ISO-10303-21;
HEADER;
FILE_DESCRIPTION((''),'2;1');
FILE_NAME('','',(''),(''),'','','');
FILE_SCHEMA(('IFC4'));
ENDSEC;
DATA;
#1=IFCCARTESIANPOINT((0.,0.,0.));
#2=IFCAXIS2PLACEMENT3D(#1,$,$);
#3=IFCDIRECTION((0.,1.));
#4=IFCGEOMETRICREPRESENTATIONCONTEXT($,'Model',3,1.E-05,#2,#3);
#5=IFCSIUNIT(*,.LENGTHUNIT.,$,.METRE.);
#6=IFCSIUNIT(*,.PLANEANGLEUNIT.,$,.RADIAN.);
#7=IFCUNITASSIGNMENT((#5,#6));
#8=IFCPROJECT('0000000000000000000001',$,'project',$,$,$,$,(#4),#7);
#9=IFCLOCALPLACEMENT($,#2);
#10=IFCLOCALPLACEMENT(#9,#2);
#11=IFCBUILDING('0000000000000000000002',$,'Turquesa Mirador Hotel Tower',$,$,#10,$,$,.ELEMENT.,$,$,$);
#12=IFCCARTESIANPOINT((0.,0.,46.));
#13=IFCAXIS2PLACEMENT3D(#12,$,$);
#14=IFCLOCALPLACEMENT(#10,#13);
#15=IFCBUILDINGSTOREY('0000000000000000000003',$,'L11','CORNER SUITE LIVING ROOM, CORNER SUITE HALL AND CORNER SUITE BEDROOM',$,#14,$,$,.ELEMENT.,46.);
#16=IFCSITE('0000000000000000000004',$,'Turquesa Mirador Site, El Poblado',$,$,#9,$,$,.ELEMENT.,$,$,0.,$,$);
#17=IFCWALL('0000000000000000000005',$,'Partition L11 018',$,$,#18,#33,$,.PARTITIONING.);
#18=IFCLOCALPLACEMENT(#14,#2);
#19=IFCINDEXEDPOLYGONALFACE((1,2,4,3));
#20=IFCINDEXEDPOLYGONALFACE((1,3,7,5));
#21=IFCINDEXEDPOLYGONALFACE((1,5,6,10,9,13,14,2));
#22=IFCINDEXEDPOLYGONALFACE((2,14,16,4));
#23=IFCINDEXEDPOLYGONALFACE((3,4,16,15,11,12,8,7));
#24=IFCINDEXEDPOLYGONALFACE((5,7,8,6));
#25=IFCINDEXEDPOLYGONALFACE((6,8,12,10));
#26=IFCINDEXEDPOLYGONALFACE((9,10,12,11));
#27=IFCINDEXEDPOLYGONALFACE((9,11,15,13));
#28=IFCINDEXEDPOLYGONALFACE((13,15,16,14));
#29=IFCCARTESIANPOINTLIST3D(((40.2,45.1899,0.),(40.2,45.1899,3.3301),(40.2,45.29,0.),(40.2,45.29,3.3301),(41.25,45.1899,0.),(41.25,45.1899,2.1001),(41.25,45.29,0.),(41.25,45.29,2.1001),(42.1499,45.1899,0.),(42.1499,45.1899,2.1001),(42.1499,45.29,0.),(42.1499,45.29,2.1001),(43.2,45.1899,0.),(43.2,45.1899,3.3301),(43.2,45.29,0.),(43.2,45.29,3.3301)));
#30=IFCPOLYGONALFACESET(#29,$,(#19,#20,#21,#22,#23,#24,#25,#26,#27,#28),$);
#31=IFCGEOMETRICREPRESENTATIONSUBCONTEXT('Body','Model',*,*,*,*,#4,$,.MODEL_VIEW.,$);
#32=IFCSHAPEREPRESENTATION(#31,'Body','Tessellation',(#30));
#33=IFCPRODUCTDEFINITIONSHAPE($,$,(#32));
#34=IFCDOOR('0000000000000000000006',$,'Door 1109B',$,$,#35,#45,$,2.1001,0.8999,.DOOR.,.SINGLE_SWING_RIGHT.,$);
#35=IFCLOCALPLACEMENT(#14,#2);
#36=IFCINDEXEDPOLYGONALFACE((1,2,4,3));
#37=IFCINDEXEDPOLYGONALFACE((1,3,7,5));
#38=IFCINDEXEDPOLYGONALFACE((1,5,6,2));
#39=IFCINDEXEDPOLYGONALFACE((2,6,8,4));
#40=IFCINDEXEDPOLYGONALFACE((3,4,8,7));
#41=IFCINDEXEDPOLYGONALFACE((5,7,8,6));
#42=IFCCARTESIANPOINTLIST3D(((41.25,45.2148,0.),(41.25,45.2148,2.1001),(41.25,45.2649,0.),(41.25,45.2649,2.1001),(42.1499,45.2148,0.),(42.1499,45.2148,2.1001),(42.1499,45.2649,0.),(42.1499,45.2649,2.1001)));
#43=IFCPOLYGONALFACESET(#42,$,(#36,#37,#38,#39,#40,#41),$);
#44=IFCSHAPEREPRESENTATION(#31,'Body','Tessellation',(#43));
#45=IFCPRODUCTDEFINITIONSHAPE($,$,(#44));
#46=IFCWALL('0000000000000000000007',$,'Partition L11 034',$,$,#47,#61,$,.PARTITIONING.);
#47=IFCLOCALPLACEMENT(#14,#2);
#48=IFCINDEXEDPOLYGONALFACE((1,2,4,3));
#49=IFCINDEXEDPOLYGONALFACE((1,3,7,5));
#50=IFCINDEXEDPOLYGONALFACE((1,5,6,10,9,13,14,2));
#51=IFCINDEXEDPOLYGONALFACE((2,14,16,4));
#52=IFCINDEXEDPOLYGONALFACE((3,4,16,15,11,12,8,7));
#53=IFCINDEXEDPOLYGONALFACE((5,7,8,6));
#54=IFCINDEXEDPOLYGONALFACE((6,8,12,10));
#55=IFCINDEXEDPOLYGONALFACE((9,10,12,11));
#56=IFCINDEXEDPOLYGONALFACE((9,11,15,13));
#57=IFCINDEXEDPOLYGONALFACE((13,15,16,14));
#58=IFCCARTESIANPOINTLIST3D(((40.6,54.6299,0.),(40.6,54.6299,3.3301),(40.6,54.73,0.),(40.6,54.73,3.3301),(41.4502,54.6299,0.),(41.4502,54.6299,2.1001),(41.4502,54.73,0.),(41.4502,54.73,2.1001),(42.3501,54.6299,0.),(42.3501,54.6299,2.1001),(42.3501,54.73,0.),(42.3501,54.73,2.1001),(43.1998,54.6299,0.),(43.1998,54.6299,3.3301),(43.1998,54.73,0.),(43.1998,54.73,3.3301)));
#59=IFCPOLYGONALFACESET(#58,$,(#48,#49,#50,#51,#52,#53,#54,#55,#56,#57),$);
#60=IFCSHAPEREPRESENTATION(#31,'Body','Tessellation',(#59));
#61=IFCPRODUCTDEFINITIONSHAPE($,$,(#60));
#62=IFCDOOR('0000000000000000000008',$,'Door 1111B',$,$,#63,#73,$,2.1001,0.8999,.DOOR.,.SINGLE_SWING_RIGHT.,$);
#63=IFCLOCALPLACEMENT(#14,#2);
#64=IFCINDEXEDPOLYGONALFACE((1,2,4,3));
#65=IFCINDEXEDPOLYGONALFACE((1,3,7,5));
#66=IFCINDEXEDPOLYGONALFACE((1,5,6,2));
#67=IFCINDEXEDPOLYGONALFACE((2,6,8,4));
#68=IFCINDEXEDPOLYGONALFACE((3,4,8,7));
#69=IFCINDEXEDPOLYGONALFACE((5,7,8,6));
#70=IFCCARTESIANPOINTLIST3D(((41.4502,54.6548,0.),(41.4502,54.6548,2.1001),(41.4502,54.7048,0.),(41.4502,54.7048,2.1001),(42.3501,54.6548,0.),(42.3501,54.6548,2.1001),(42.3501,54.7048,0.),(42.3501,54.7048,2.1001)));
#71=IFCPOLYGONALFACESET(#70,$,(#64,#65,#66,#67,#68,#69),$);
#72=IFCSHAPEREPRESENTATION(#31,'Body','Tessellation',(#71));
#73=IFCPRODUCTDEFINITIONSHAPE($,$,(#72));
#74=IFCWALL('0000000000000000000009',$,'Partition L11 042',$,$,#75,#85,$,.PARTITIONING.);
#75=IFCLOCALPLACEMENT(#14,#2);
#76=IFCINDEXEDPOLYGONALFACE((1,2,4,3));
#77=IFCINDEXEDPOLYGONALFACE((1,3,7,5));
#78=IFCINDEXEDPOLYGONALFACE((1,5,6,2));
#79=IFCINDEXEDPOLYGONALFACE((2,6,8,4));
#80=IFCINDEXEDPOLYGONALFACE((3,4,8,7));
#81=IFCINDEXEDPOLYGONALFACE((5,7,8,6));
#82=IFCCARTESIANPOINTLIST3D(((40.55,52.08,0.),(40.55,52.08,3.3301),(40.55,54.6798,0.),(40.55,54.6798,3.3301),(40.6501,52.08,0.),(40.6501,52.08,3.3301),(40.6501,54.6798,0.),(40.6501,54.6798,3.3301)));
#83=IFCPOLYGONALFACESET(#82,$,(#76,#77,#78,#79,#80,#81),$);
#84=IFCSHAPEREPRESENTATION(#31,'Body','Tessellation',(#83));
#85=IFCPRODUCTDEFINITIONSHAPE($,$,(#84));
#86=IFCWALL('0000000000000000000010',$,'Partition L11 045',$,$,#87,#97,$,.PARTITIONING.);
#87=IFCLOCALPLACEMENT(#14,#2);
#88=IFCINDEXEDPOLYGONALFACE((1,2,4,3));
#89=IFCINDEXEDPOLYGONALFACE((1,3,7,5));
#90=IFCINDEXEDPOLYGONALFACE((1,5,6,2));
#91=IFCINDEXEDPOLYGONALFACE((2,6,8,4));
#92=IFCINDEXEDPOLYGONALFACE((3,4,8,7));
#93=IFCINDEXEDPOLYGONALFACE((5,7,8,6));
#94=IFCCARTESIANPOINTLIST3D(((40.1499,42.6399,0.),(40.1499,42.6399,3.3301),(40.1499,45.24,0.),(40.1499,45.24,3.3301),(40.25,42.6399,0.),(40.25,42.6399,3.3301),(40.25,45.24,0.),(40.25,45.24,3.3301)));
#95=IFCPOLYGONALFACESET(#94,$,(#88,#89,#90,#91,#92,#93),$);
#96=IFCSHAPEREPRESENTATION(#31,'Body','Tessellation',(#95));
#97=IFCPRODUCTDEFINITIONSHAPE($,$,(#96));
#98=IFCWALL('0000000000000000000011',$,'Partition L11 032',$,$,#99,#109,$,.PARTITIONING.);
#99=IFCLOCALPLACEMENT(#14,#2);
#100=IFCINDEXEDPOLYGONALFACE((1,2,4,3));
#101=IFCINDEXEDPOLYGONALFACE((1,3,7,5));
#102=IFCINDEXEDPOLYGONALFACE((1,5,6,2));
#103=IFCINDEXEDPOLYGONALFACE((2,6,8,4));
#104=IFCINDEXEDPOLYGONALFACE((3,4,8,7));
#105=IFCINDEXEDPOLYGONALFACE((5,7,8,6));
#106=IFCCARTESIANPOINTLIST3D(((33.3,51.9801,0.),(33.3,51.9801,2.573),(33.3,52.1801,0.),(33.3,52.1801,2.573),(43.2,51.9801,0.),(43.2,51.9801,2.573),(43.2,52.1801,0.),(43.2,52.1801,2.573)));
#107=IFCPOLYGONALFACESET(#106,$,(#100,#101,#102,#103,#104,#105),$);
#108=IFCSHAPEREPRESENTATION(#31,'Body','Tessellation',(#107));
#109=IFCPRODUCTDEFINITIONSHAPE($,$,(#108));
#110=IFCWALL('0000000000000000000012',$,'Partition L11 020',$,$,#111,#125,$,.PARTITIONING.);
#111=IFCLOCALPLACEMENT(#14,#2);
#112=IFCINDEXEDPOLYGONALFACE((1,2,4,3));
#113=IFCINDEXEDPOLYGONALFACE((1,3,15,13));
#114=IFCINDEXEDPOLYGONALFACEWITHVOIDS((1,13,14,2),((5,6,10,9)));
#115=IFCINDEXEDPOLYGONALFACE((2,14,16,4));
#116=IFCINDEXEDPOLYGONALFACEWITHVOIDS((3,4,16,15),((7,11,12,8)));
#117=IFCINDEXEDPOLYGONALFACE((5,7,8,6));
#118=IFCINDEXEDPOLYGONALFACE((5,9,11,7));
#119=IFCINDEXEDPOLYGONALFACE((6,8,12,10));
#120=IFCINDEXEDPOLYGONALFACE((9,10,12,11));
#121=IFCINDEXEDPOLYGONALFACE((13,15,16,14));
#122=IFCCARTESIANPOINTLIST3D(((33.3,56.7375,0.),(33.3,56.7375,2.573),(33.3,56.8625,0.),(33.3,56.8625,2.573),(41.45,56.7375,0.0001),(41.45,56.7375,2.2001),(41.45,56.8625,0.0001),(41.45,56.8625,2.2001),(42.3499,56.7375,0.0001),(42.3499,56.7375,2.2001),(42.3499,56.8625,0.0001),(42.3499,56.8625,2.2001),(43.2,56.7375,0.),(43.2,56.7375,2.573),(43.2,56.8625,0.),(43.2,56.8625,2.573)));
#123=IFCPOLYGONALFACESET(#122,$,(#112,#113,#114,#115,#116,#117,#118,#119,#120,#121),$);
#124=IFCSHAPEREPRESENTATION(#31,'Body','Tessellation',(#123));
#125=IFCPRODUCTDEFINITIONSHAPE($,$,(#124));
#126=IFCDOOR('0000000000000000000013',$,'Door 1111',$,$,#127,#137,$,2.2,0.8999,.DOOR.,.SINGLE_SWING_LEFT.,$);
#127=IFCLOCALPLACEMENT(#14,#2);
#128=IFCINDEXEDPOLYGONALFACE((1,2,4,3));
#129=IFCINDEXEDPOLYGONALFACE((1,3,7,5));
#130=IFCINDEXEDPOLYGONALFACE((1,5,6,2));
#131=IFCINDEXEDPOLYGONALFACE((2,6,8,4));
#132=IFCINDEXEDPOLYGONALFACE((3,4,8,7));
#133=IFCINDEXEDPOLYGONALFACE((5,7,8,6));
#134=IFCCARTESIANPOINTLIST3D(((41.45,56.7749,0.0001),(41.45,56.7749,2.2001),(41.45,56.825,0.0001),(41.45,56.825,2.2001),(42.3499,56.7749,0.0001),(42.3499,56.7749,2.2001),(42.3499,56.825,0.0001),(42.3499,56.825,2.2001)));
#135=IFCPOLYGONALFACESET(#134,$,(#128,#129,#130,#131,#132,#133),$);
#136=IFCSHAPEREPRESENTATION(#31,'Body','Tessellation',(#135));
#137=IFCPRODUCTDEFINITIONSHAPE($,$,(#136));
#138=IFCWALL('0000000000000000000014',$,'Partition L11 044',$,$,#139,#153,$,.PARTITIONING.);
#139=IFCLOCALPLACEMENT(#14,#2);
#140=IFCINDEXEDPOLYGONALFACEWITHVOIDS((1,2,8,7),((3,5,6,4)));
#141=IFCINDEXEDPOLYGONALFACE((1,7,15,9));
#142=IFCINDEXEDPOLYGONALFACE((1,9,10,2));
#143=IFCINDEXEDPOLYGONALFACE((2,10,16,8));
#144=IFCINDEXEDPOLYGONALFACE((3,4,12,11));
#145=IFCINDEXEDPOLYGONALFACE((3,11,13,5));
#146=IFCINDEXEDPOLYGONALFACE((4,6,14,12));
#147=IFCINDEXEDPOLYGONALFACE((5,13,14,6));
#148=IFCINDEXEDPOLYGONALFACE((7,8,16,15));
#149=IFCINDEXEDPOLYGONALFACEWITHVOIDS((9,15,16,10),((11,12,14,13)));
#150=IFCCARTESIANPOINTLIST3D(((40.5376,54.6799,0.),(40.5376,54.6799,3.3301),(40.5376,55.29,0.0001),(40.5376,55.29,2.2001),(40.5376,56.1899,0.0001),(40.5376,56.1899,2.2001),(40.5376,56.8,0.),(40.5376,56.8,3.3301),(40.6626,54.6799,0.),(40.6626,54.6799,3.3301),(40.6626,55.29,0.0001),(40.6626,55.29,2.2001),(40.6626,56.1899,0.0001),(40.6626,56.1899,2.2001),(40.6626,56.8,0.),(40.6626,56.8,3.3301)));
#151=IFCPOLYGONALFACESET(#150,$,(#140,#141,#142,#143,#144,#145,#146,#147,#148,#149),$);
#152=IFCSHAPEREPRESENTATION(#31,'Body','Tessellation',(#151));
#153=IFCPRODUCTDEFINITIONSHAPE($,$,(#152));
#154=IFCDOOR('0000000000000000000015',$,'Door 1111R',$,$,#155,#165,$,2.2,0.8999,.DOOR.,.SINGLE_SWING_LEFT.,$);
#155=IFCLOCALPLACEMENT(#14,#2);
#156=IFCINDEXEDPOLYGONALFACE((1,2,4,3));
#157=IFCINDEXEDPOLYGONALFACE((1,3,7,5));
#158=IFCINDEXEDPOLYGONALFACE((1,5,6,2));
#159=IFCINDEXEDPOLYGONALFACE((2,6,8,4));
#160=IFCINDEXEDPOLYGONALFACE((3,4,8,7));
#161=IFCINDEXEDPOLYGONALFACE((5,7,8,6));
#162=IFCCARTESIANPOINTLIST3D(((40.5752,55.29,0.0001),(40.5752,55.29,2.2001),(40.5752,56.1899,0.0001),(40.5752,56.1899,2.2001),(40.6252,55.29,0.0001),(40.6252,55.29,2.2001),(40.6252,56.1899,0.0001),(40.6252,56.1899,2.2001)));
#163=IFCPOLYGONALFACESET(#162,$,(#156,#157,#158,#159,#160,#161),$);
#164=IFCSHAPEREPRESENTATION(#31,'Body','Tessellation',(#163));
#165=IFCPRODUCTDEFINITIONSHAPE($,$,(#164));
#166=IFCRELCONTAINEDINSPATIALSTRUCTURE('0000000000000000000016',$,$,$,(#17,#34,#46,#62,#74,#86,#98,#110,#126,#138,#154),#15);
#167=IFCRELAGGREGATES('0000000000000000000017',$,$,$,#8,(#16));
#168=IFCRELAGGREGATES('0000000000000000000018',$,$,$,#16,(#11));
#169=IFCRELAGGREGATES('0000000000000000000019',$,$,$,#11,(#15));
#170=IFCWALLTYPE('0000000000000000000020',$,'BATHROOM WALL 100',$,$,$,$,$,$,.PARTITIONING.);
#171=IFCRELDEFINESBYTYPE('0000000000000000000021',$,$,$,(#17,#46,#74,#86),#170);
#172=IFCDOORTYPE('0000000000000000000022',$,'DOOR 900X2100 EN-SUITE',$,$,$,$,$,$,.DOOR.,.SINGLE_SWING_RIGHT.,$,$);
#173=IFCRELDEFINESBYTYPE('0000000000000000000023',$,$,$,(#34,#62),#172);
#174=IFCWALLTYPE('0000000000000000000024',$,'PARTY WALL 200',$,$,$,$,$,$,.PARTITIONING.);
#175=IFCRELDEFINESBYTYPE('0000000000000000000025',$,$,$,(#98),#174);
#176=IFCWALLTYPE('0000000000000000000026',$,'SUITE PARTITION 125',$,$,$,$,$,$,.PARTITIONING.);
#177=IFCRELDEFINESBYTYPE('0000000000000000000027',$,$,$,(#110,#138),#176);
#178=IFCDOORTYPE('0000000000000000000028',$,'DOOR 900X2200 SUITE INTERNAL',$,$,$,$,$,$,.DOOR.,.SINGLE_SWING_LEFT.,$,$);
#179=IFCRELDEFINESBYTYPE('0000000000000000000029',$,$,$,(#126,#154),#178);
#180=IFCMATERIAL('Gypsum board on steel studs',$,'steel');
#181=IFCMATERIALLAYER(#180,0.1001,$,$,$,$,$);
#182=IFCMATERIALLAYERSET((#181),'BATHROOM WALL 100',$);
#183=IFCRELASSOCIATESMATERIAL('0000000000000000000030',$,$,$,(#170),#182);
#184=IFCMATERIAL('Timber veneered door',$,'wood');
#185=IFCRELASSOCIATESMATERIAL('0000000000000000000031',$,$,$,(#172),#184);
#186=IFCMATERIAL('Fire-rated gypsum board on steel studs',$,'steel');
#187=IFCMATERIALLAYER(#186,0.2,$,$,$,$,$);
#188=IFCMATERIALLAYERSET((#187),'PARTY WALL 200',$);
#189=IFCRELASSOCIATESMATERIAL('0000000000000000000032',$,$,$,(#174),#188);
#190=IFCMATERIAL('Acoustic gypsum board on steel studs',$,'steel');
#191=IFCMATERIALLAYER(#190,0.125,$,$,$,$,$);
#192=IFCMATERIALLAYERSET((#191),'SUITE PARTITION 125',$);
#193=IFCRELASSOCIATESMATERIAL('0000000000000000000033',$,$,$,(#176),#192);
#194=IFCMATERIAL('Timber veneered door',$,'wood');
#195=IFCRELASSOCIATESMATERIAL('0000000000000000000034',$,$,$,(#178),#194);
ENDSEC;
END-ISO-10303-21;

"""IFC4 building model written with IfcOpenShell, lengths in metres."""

from ifc_helpers import new_model, si_unit, direction, frame, frame_2d, origin, place, context, subcontext, project, spatial, rectangle, extrude, material, layer, layer_set, type_object, element, fill, save


model = new_model("IFC4")

# Units and contexts
model_context = context("Model", 3, precision=1e-05, world=origin(), true_north=direction((0.0, 1.0)))
body_context = subcontext(model_context, "Body", "Model", "MODEL_VIEW")
ifc_project = project(units=[si_unit("LENGTHUNIT", "METRE"), si_unit("PLANEANGLEUNIT", "RADIAN")], contexts=[model_context])

# Site, building, storey
site_placement = place(None, origin())
site = spatial("IfcSite", under=ifc_project, at=site_placement, Name="Turquesa Mirador Site, El Poblado", CompositionType="ELEMENT", RefElevation=0.0)
building_placement = place(site_placement, origin())
building = spatial("IfcBuilding", under=site, at=building_placement, Name="Turquesa Mirador Hotel Tower", CompositionType="ELEMENT")
storey_placement = place(building_placement, frame((0.0, 0.0, 46.0)))
storey = spatial("IfcBuildingStorey", under=building, at=storey_placement, Name="L11", Description="CORNER SUITE LIVING ROOM, CORNER SUITE HALL AND CORNER SUITE BEDROOM", CompositionType="ELEMENT", Elevation=46.0)

# Walls, openings, doors
ifc_material_1 = material(Name="Gypsum board on steel studs", Category="steel")
ifc_layer_1 = layer(ifc_material_1, 0.1001)
ifc_layer_set_1 = layer_set([ifc_layer_1], Name="BATHROOM WALL 100")
wall_type_1 = type_object("IfcWallType", Name="BATHROOM WALL 100", PredefinedType="PARTITIONING", material=ifc_layer_set_1)
wall_1_placement = place(storey_placement, frame((40.2, 45.24, 0.0), z_axis=(0.0, 0.0, 1.0), x_axis=(1.0, 0.0, 0.0)))
wall_1 = element("IfcWall", 1, at=wall_1_placement, inside=storey, type_object=wall_type_1, Name="Partition L11 018", PredefinedType="PARTITIONING", context=body_context, shape_type="SweptSolid", body=[
    extrude(rectangle(XDim=3.0, YDim=0.1001, at=frame_2d((1.5, 0.0))), origin(), (0.0, 0.0, 1.0), 3.3301),
])
opening_1_placement = place(wall_1_placement, frame((1.05, 0.0, 0.0)))
opening_1 = element("IfcOpeningElement", 2, at=opening_1_placement, cuts=wall_1, PredefinedType="OPENING", context=body_context, shape_type="SweptSolid", body=[
    extrude(rectangle(XDim=0.8999, YDim=2.1001, at=frame_2d((0.45, 1.05))), frame((0.0, 0.0601, 0.0), z_axis=(0.0, -1.0, 0.0), x_axis=(1.0, 0.0, 0.0)), (0.0, 0.0, 1.0), 0.1201),
])
ifc_material_2 = material(Name="Timber veneered door", Category="wood")
door_type_1 = type_object("IfcDoorType", Name="DOOR 900X2100 EN-SUITE", OperationType="SINGLE_SWING_RIGHT", PredefinedType="DOOR", material=ifc_material_2)
door_1_placement = place(opening_1_placement, origin())
door_1 = element("IfcDoor", 3, at=door_1_placement, inside=storey, type_object=door_type_1, Name="Door 1109B", OperationType="SINGLE_SWING_RIGHT", OverallHeight=2.1001, OverallWidth=0.8999, PredefinedType="DOOR", context=body_context, shape_type="SweptSolid", body=[
    extrude(rectangle(XDim=0.8999, YDim=2.1001, at=frame_2d((0.45, 1.05))), frame((0.0, 0.0249, 0.0), z_axis=(0.0, -1.0, 0.0), x_axis=(1.0, 0.0, 0.0)), (0.0, 0.0, 1.0), 0.05),
])
fill(opening_1, door_1)
wall_2_placement = place(storey_placement, frame((40.6001, 54.6799, 0.0), z_axis=(0.0, 0.0, 1.0), x_axis=(1.0, 0.0, 0.0)))
wall_2 = element("IfcWall", 4, at=wall_2_placement, inside=storey, type_object=wall_type_1, Name="Partition L11 034", PredefinedType="PARTITIONING", context=body_context, shape_type="SweptSolid", body=[
    extrude(rectangle(XDim=2.5999, YDim=0.1001, at=frame_2d((1.2998, 0.0))), origin(), (0.0, 0.0, 1.0), 3.3301),
])
opening_2_placement = place(wall_2_placement, frame((0.8501, 0.0, 0.0)))
opening_2 = element("IfcOpeningElement", 5, at=opening_2_placement, cuts=wall_2, PredefinedType="OPENING", context=body_context, shape_type="SweptSolid", body=[
    extrude(rectangle(XDim=0.8999, YDim=2.1001, at=frame_2d((0.45, 1.05))), frame((0.0, 0.0601, 0.0), z_axis=(0.0, -1.0, 0.0), x_axis=(1.0, 0.0, 0.0)), (0.0, 0.0, 1.0), 0.1201),
])
door_2_placement = place(opening_2_placement, origin())
door_2 = element("IfcDoor", 6, at=door_2_placement, inside=storey, type_object=door_type_1, Name="Door 1111B", OperationType="SINGLE_SWING_RIGHT", OverallHeight=2.1001, OverallWidth=0.8999, PredefinedType="DOOR", context=body_context, shape_type="SweptSolid", body=[
    extrude(rectangle(XDim=0.8999, YDim=2.1001, at=frame_2d((0.45, 1.05))), frame((0.0, 0.0249, 0.0), z_axis=(0.0, -1.0, 0.0), x_axis=(1.0, 0.0, 0.0)), (0.0, 0.0, 1.0), 0.05),
])
fill(opening_2, door_2)

# Walls
wall_3_placement = place(storey_placement, frame((40.6001, 52.0801, 0.0), z_axis=(0.0, 0.0, 1.0), x_axis=(0.0, 1.0, 0.0)))
element("IfcWall", 7, at=wall_3_placement, inside=storey, type_object=wall_type_1, Name="Partition L11 042", PredefinedType="PARTITIONING", context=body_context, shape_type="SweptSolid", body=[
    extrude(rectangle(XDim=2.5999, YDim=0.1001, at=frame_2d((1.2998, 0.0))), origin(), (0.0, 0.0, 1.0), 3.3301),
])
wall_4_placement = place(storey_placement, frame((40.2, 42.6399, 0.0), z_axis=(0.0, 0.0, 1.0), x_axis=(0.0, 1.0, 0.0)))
element("IfcWall", 8, at=wall_4_placement, inside=storey, type_object=wall_type_1, Name="Partition L11 045", PredefinedType="PARTITIONING", context=body_context, shape_type="SweptSolid", body=[
    extrude(rectangle(XDim=2.6001, YDim=0.1001, at=frame_2d((1.3, 0.0))), origin(), (0.0, 0.0, 1.0), 3.3301),
])
ifc_material_3 = material(Name="Fire-rated gypsum board on steel studs", Category="steel")
ifc_layer_2 = layer(ifc_material_3, 0.2)
ifc_layer_set_2 = layer_set([ifc_layer_2], Name="PARTY WALL 200")
wall_type_2 = type_object("IfcWallType", Name="PARTY WALL 200", PredefinedType="PARTITIONING", material=ifc_layer_set_2)
wall_5_placement = place(storey_placement, frame((33.3, 52.0801, 0.0), z_axis=(0.0, 0.0, 1.0), x_axis=(1.0, 0.0, 0.0)))
element("IfcWall", 9, at=wall_5_placement, inside=storey, type_object=wall_type_2, Name="Partition L11 032", PredefinedType="PARTITIONING", context=body_context, shape_type="SweptSolid", body=[
    extrude(rectangle(XDim=9.8999, YDim=0.2, at=frame_2d((4.95, 0.0))), origin(), (0.0, 0.0, 1.0), 2.573),
])

# Walls, openings, doors
ifc_material_4 = material(Name="Acoustic gypsum board on steel studs", Category="steel")
ifc_layer_3 = layer(ifc_material_4, 0.125)
ifc_layer_set_3 = layer_set([ifc_layer_3], Name="SUITE PARTITION 125")
wall_type_3 = type_object("IfcWallType", Name="SUITE PARTITION 125", PredefinedType="PARTITIONING", material=ifc_layer_set_3)
wall_6_placement = place(storey_placement, frame((33.3, 56.8, 0.0), z_axis=(0.0, 0.0, 1.0), x_axis=(1.0, 0.0, 0.0)))
wall_6 = element("IfcWall", 10, at=wall_6_placement, inside=storey, type_object=wall_type_3, Name="Partition L11 020", PredefinedType="PARTITIONING", context=body_context, shape_type="SweptSolid", body=[
    extrude(rectangle(XDim=9.8999, YDim=0.125, at=frame_2d((4.95, 0.0))), origin(), (0.0, 0.0, 1.0), 2.573),
])
opening_3_placement = place(wall_6_placement, frame((8.1499, 0.0, 0.0)))
opening_3 = element("IfcOpeningElement", 11, at=opening_3_placement, cuts=wall_6, PredefinedType="OPENING", context=body_context, shape_type="SweptSolid", body=[
    extrude(rectangle(XDim=0.8999, YDim=2.2, at=frame_2d((0.45, 1.1001))), frame((0.0, 0.0725, 0.0), z_axis=(0.0, -1.0, 0.0), x_axis=(1.0, 0.0, 0.0)), (0.0, 0.0, 1.0), 0.145),
])
ifc_material_5 = material(Name="Timber veneered door", Category="wood")
door_type_2 = type_object("IfcDoorType", Name="DOOR 900X2200 SUITE INTERNAL", OperationType="SINGLE_SWING_LEFT", PredefinedType="DOOR", material=ifc_material_5)
door_3_placement = place(opening_3_placement, origin())
door_3 = element("IfcDoor", 12, at=door_3_placement, inside=storey, type_object=door_type_2, Name="Door 1111", OperationType="SINGLE_SWING_LEFT", OverallHeight=2.2, OverallWidth=0.8999, PredefinedType="DOOR", context=body_context, shape_type="SweptSolid", body=[
    extrude(rectangle(XDim=0.8999, YDim=2.2, at=frame_2d((0.45, 1.1001))), frame((0.0, 0.0249, 0.0), z_axis=(0.0, -1.0, 0.0), x_axis=(1.0, 0.0, 0.0)), (0.0, 0.0, 1.0), 0.05),
])
fill(opening_3, door_3)
wall_7_placement = place(storey_placement, frame((40.6001, 54.6799, 0.0), z_axis=(0.0, 0.0, 1.0), x_axis=(0.0, 1.0, 0.0)))
wall_7 = element("IfcWall", 13, at=wall_7_placement, inside=storey, type_object=wall_type_3, Name="Partition L11 044", PredefinedType="PARTITIONING", context=body_context, shape_type="SweptSolid", body=[
    extrude(rectangle(XDim=2.1201, YDim=0.125, at=frame_2d((1.0601, 0.0))), origin(), (0.0, 0.0, 1.0), 3.3301),
])
opening_4_placement = place(wall_7_placement, frame((0.6101, 0.0, 0.0)))
opening_4 = element("IfcOpeningElement", 14, at=opening_4_placement, cuts=wall_7, PredefinedType="OPENING", context=body_context, shape_type="SweptSolid", body=[
    extrude(rectangle(XDim=0.8999, YDim=2.2, at=frame_2d((0.45, 1.1001))), frame((0.0, 0.0725, 0.0), z_axis=(0.0, -1.0, 0.0), x_axis=(1.0, 0.0, 0.0)), (0.0, 0.0, 1.0), 0.145),
])
door_4_placement = place(opening_4_placement, origin())
door_4 = element("IfcDoor", 15, at=door_4_placement, inside=storey, type_object=door_type_2, Name="Door 1111R", OperationType="SINGLE_SWING_LEFT", OverallHeight=2.2, OverallWidth=0.8999, PredefinedType="DOOR", context=body_context, shape_type="SweptSolid", body=[
    extrude(rectangle(XDim=0.8999, YDim=2.2, at=frame_2d((0.45, 1.1001))), frame((0.0, 0.0249, 0.0), z_axis=(0.0, -1.0, 0.0), x_axis=(1.0, 0.0, 0.0)), (0.0, 0.0, 1.0), 0.05),
])
fill(opening_4, door_4)

save(model, "model.ifc")
